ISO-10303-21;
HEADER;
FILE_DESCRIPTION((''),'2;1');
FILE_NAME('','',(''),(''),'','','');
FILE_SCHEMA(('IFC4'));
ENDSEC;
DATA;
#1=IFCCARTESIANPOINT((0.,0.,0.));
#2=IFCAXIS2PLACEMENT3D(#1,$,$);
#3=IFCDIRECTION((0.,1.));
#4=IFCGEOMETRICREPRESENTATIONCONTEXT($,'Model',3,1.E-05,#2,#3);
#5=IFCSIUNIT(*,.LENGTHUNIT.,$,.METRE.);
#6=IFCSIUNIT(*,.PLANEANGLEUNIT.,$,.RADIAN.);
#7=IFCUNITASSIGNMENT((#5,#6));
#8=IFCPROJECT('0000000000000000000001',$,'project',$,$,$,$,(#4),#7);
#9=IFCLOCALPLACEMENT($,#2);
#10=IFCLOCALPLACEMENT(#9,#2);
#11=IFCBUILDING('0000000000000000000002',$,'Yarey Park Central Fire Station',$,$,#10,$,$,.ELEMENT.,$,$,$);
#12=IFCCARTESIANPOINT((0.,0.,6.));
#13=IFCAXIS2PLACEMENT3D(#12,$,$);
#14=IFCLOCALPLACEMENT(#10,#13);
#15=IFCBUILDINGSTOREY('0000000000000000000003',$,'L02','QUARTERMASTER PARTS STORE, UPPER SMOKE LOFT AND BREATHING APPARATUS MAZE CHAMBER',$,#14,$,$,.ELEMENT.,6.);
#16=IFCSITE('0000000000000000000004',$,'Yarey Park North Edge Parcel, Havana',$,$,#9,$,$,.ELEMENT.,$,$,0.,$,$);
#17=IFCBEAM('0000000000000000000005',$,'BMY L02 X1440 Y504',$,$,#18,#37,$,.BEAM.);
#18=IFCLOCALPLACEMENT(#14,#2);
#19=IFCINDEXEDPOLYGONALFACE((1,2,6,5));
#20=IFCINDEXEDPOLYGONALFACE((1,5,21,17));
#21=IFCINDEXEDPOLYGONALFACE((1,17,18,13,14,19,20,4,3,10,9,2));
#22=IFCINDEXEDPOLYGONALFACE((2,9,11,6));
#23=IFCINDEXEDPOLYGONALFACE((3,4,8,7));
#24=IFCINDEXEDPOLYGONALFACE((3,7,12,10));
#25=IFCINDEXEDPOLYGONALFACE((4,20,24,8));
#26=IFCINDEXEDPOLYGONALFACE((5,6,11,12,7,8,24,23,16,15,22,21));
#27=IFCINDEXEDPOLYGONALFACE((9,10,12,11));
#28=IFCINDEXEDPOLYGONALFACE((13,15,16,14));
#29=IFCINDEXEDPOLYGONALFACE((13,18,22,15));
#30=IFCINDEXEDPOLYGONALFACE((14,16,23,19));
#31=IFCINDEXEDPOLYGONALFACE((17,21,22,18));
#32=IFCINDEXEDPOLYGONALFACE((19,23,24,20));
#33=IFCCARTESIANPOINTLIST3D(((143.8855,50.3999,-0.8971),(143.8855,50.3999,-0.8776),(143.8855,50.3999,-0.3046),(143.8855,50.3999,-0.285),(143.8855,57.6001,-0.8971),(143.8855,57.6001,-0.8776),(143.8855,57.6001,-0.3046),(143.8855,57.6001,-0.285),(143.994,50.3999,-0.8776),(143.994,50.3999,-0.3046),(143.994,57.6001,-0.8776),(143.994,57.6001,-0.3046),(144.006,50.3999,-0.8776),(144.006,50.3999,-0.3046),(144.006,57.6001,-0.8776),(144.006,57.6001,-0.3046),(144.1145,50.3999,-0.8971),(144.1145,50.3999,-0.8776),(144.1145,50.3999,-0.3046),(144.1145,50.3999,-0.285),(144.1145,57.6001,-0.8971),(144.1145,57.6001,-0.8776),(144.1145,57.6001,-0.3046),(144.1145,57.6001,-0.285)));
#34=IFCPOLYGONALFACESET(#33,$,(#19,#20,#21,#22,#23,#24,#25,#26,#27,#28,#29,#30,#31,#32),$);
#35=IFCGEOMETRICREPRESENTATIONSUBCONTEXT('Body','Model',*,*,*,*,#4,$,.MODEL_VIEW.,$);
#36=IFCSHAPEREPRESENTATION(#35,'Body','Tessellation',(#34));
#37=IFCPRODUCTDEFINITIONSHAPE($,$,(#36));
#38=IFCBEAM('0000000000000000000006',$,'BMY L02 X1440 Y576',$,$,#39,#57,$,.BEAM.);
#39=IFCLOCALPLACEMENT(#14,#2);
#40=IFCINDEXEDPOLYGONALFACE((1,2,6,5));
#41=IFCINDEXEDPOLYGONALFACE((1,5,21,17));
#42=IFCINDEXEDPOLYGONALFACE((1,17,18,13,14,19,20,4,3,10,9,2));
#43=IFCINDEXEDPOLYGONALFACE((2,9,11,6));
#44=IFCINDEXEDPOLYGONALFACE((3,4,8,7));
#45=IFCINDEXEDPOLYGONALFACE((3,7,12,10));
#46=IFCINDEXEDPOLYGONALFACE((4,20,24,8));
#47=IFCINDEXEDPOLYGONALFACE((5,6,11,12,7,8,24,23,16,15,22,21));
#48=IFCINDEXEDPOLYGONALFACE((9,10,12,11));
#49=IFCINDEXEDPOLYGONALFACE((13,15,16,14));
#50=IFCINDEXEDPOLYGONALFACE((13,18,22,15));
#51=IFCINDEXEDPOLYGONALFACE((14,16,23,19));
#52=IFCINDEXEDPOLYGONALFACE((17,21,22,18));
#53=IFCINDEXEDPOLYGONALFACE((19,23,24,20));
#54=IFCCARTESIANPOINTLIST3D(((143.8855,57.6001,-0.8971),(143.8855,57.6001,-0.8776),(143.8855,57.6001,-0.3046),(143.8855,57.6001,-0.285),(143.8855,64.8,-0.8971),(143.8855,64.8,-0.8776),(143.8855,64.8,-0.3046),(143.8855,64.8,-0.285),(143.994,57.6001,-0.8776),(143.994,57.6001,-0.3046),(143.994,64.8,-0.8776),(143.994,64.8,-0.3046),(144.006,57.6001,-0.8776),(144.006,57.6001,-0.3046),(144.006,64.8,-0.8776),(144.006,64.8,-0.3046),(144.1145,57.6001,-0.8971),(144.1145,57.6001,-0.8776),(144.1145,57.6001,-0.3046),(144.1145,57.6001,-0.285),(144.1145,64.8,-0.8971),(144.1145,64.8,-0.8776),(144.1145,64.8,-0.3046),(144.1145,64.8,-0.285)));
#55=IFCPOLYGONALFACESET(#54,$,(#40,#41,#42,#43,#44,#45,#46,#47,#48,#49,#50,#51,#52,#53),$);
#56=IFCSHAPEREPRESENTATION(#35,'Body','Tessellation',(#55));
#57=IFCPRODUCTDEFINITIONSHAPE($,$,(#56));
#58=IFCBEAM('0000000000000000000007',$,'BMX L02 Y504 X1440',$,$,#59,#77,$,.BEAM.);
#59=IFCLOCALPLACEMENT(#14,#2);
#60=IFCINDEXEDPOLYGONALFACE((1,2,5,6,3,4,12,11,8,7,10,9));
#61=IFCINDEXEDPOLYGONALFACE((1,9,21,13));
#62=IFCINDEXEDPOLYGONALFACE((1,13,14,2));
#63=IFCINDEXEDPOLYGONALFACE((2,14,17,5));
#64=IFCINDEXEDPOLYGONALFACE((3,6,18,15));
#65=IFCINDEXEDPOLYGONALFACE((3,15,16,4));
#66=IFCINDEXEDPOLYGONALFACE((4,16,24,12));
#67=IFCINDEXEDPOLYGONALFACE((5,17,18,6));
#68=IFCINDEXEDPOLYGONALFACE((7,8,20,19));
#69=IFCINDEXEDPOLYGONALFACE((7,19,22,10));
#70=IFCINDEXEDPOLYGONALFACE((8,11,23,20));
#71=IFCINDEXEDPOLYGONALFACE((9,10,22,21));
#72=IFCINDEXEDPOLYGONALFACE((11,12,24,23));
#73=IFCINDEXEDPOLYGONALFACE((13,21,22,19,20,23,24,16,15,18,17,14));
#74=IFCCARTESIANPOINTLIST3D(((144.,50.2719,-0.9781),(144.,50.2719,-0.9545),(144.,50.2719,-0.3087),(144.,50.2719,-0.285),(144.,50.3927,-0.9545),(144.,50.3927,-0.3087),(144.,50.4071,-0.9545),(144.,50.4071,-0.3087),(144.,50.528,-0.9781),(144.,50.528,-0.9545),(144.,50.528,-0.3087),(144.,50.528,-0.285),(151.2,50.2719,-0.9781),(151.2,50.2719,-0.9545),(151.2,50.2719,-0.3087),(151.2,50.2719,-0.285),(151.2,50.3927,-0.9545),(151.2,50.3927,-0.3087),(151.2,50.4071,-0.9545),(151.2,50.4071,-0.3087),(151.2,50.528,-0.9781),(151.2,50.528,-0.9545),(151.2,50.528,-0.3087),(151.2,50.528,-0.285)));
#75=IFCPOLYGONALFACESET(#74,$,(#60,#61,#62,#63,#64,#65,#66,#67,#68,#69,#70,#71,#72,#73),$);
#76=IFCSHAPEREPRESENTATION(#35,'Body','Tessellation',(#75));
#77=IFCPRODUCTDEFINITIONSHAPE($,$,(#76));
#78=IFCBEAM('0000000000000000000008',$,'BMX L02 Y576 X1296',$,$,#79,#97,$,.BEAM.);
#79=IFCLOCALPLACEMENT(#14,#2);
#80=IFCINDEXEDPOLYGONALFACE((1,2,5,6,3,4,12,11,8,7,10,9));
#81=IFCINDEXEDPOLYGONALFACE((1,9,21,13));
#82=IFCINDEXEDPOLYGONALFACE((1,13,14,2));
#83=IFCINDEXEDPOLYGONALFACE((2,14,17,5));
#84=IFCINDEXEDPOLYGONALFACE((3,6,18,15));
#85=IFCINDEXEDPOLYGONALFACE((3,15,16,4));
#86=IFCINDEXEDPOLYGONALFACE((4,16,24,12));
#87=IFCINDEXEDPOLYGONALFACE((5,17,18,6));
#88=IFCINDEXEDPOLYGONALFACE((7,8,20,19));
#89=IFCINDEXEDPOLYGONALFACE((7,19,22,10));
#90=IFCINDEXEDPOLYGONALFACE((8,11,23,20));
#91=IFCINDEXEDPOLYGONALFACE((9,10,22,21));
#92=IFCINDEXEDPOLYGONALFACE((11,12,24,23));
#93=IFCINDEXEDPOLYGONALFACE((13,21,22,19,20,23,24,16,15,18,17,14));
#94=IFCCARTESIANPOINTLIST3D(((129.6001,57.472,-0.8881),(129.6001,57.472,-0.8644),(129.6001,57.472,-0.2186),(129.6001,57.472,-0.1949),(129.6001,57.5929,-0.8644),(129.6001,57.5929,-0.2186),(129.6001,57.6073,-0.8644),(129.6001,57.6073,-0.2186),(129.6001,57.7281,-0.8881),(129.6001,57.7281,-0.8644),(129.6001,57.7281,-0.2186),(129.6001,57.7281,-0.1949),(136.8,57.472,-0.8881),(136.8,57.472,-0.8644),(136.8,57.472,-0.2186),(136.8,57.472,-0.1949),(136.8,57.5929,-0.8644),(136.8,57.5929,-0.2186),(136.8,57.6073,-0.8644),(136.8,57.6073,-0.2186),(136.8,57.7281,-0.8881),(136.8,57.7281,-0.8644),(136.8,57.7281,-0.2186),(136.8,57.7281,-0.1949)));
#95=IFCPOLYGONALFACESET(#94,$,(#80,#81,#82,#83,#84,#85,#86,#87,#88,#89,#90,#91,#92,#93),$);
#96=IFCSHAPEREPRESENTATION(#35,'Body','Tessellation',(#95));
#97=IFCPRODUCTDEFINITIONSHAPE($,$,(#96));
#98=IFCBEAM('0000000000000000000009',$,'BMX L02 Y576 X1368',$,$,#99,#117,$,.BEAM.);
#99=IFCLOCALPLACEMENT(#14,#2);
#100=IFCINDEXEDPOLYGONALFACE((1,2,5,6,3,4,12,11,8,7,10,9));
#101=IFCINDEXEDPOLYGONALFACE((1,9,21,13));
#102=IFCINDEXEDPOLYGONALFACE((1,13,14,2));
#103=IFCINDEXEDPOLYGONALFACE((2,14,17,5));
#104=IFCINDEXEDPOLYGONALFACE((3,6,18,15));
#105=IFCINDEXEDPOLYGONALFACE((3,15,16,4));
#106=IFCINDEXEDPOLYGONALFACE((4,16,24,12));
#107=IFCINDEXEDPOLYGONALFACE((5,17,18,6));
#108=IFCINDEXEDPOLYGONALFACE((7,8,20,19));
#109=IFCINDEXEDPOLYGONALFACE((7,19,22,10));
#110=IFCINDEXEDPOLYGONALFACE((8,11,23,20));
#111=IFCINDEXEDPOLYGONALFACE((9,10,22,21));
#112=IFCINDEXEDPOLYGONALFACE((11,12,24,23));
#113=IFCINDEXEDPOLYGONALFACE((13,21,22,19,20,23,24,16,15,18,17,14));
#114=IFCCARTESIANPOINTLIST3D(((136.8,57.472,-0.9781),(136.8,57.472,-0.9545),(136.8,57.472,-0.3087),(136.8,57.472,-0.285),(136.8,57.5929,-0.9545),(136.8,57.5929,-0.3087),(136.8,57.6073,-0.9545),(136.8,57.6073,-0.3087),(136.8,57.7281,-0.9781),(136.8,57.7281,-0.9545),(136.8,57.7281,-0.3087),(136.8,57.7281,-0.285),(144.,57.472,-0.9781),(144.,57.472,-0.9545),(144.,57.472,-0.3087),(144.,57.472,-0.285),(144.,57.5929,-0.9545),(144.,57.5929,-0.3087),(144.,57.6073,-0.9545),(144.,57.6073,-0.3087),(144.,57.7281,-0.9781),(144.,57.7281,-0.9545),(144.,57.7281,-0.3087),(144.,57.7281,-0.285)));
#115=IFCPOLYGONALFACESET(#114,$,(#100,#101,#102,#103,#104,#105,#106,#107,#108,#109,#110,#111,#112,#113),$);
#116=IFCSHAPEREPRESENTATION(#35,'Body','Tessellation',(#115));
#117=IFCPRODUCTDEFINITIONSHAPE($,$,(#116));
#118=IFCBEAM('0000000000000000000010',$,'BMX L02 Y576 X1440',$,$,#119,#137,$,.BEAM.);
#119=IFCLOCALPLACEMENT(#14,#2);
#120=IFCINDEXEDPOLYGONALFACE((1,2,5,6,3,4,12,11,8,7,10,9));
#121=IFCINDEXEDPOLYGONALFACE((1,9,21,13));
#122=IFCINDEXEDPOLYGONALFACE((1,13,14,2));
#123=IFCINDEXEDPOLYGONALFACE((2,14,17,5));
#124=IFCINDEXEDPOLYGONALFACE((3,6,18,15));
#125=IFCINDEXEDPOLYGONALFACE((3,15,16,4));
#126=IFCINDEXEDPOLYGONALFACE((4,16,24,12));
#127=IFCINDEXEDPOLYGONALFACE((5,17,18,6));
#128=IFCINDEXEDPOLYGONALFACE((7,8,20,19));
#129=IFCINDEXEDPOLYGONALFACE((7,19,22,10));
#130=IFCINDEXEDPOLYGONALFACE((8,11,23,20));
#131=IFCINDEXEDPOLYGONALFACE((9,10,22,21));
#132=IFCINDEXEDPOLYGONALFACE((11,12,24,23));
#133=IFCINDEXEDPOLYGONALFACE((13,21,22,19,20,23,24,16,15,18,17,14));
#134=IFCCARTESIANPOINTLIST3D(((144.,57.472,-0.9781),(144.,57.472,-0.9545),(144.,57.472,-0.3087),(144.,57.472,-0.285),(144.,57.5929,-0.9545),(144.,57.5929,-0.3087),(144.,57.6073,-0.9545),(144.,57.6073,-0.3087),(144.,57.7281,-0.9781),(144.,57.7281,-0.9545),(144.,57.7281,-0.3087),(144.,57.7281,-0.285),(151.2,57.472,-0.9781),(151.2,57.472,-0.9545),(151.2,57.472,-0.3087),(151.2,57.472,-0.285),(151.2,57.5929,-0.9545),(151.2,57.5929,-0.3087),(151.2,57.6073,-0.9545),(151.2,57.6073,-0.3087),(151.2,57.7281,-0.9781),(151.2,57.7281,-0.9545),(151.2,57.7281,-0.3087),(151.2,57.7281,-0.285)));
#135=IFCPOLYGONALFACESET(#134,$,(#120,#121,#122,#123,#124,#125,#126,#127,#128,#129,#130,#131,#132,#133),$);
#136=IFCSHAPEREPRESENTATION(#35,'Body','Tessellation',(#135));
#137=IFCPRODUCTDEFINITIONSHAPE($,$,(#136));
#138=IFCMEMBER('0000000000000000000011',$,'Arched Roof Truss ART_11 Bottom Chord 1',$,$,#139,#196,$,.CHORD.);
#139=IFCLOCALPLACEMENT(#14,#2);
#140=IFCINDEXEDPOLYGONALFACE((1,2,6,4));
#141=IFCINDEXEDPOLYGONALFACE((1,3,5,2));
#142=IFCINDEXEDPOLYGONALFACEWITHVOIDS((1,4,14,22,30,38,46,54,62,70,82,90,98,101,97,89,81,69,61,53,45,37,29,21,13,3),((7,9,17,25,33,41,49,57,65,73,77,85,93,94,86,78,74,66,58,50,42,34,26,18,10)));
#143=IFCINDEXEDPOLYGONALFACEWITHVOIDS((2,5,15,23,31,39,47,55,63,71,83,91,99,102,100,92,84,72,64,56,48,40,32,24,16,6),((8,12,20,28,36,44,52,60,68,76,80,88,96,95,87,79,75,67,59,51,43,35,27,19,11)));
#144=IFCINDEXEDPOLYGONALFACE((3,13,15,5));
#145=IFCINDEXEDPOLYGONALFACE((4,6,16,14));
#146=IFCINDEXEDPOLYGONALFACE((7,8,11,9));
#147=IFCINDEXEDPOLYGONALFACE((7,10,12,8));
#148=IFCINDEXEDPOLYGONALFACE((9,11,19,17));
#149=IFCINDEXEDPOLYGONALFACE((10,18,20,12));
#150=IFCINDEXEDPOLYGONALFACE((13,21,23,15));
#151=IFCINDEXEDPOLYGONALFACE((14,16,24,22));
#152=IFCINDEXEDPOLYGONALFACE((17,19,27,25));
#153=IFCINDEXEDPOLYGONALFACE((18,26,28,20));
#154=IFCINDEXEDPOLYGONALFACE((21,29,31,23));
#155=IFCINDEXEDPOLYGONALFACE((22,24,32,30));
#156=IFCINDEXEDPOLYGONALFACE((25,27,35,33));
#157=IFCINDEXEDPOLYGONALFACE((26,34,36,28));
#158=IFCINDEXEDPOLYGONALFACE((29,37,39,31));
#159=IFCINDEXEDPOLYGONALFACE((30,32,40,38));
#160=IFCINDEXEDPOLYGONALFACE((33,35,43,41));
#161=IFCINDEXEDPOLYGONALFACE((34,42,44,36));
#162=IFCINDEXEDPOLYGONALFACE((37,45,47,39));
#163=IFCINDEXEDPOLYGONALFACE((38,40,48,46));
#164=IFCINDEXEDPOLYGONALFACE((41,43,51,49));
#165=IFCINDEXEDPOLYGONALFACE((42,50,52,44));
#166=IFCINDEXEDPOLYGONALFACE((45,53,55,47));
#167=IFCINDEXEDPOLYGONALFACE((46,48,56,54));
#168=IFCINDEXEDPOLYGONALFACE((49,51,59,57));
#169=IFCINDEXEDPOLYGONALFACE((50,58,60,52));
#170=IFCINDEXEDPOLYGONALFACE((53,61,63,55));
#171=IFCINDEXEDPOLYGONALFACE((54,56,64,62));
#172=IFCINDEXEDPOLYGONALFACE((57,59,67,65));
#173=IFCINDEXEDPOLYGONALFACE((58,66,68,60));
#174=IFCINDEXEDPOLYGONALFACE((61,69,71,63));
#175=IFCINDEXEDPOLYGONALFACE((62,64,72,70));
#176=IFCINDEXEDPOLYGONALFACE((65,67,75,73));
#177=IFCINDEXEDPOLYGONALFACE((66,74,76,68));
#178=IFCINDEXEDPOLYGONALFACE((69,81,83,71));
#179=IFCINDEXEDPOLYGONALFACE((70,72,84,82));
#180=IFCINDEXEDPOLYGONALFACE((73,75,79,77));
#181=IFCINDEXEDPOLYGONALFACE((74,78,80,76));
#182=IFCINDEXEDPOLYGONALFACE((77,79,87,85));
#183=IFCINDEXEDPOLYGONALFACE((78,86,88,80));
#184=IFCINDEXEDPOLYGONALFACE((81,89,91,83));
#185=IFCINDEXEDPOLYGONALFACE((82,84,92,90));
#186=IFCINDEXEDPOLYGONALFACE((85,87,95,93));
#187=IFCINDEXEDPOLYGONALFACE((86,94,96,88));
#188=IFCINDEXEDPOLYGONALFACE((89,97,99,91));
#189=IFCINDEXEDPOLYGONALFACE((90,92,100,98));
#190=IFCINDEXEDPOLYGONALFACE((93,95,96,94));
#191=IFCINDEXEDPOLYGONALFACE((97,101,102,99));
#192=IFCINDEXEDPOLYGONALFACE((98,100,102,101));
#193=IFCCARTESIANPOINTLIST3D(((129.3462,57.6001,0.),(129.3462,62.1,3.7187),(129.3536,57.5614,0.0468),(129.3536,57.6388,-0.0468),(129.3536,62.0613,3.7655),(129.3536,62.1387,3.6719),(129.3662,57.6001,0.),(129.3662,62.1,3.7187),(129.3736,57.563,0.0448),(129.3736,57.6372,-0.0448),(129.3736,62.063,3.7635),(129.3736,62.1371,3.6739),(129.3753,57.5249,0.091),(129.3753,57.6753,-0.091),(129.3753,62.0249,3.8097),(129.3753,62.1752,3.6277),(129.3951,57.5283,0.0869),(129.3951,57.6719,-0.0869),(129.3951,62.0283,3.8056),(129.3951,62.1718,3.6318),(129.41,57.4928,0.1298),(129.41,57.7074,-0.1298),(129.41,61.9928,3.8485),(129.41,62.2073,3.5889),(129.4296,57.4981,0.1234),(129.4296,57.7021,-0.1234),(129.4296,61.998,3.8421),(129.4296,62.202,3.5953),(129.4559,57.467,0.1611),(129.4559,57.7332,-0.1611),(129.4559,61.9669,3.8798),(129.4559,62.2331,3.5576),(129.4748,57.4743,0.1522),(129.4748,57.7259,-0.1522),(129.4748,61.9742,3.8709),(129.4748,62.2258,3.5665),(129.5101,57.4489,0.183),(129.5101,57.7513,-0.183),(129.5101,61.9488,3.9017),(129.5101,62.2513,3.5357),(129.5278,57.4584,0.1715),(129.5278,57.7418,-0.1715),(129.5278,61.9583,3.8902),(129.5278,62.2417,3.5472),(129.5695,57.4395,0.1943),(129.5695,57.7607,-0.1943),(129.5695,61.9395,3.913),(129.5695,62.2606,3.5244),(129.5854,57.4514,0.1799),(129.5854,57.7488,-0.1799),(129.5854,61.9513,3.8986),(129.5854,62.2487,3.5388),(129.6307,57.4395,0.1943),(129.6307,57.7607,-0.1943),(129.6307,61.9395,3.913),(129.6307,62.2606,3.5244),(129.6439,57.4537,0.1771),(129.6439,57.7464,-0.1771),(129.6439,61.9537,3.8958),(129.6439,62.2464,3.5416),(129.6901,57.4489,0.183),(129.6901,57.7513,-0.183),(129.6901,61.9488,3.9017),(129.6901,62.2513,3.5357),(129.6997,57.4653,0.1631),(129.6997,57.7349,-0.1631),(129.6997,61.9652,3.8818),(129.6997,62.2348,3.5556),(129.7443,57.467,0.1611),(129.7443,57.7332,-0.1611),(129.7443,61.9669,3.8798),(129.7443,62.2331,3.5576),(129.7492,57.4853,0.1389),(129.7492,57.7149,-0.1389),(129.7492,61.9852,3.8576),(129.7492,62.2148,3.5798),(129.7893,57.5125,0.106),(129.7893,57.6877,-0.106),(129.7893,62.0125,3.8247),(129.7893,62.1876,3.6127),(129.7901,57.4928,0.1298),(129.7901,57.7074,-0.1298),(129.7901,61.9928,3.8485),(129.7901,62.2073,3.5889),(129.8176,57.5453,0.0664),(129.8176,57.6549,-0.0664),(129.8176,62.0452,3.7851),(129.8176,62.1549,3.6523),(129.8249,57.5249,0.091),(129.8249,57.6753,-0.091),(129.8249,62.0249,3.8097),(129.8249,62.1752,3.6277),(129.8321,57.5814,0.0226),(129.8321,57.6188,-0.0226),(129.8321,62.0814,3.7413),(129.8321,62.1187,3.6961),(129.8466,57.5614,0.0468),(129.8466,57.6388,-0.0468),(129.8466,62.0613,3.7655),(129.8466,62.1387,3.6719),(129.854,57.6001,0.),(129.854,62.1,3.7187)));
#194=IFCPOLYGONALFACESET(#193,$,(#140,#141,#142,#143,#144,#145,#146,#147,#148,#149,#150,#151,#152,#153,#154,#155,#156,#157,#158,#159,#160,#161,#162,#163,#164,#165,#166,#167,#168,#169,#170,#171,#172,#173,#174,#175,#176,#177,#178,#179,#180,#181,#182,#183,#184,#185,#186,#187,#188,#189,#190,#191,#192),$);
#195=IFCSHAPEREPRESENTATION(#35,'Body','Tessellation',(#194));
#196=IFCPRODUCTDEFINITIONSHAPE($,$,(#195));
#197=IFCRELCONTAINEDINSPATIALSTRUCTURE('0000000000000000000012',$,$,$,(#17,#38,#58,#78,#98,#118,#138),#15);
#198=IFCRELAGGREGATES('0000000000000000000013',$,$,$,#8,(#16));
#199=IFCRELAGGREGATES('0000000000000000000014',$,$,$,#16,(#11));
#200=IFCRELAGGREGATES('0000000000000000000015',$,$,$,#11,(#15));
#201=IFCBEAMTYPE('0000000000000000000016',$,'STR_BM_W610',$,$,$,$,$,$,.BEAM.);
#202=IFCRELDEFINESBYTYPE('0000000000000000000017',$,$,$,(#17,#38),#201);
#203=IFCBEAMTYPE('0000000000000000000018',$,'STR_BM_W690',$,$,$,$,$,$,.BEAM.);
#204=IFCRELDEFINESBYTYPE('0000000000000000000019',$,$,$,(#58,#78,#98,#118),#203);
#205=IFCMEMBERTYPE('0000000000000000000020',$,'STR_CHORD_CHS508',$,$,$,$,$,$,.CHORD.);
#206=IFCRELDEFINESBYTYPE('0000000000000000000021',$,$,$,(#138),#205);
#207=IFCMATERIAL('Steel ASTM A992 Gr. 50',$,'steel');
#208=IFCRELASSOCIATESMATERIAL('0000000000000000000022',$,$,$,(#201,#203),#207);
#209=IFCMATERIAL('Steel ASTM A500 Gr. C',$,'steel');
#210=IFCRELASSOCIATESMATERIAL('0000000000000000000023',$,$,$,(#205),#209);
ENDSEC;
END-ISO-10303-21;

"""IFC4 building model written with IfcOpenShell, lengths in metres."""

from ifc_helpers import new_model, si_unit, direction, frame, origin, origin_2d, place, context, subcontext, project, spatial, hollow_circle, i_section, extrude, material, material_profile, profile_set, type_object, element, save


model = new_model("IFC4")

# Units and contexts
model_context = context("Model", 3, precision=1e-05, world=origin(), true_north=direction((0.0, 1.0)))
body_context = subcontext(model_context, "Body", "Model", "MODEL_VIEW")
ifc_project = project(units=[si_unit("LENGTHUNIT", "METRE"), si_unit("PLANEANGLEUNIT", "RADIAN")], contexts=[model_context])

# Site, building, storey
site_placement = place(None, origin())
site = spatial("IfcSite", under=ifc_project, at=site_placement, Name="Yarey Park North Edge Parcel, Havana", CompositionType="ELEMENT", RefElevation=0.0)
building_placement = place(site_placement, origin())
building = spatial("IfcBuilding", under=site, at=building_placement, Name="Yarey Park Central Fire Station", CompositionType="ELEMENT")
storey_placement = place(building_placement, frame((0.0, 0.0, 6.0)))
storey = spatial("IfcBuildingStorey", under=building, at=storey_placement, Name="L02", Description="QUARTERMASTER PARTS STORE, UPPER SMOKE LOFT AND BREATHING APPARATUS MAZE CHAMBER", CompositionType="ELEMENT", Elevation=6.0)

# Shared definitions
ifc_material_1 = material(Name="Steel ASTM A992 Gr. 50", Category="steel")

# Beams
ifc_material_profile_1 = material_profile(ifc_material_1, i_section(OverallWidth=0.229, OverallDepth=0.6121, WebThickness=0.012, FlangeThickness=0.0195, at=origin_2d()), Name="W610x125")
ifc_profile_set_1 = profile_set([ifc_material_profile_1], Name="Steel ASTM A992 Gr. 50")
beam_type_1 = type_object("IfcBeamType", Name="STR_BM_W610", PredefinedType="BEAM", material=ifc_profile_set_1)
beam_1_placement = place(storey_placement, frame((144.0, 50.3999, -0.5911), z_axis=(0.0, 1.0, 0.0), x_axis=(-1.0, 0.0, 0.0)))
element("IfcBeam", 1, at=beam_1_placement, inside=storey, type_object=beam_type_1, Name="BMY L02 X1440 Y504", PredefinedType="BEAM", context=body_context, shape_type="SweptSolid", body=[
    extrude(i_section(OverallWidth=0.229, OverallDepth=0.6121, WebThickness=0.012, FlangeThickness=0.0195, at=origin_2d()), origin(), (0.0, 0.0, 1.0), 7.2002),
])
beam_2_placement = place(storey_placement, frame((144.0, 57.6001, -0.5911), z_axis=(0.0, 1.0, 0.0), x_axis=(-1.0, 0.0, 0.0)))
element("IfcBeam", 2, at=beam_2_placement, inside=storey, type_object=beam_type_1, Name="BMY L02 X1440 Y576", PredefinedType="BEAM", context=body_context, shape_type="SweptSolid", body=[
    extrude(i_section(OverallWidth=0.229, OverallDepth=0.6121, WebThickness=0.012, FlangeThickness=0.0195, at=origin_2d()), origin(), (0.0, 0.0, 1.0), 7.2),
])
ifc_material_profile_2 = material_profile(ifc_material_1, i_section(OverallWidth=0.2561, OverallDepth=0.6931, WebThickness=0.0144, FlangeThickness=0.0237, at=origin_2d()), Name="W690x170")
ifc_profile_set_2 = profile_set([ifc_material_profile_2], Name="Steel ASTM A992 Gr. 50")
beam_type_2 = type_object("IfcBeamType", Name="STR_BM_W690", PredefinedType="BEAM", material=ifc_profile_set_2)
for number, where, z_axis, x_axis, name in (
    (3, (144.0, 50.3999, -0.6316), (1.0, 0.0, 0.0), (0.0, 1.0, 0.0), "BMX L02 Y504 X1440"),
    (4, (129.6001, 57.6001, -0.5415), (1.0, 0.0, 0.0), (0.0, 1.0, 0.0), "BMX L02 Y576 X1296"),
    (5, (136.8, 57.6001, -0.6316), (1.0, 0.0, 0.0), (0.0, 1.0, 0.0), "BMX L02 Y576 X1368"),
    (6, (144.0, 57.6001, -0.6316), (1.0, 0.0, 0.0), (0.0, 1.0, 0.0), "BMX L02 Y576 X1440"),
):
    element("IfcBeam", number, at=place(storey_placement, frame(where, z_axis=z_axis, x_axis=x_axis)), inside=storey, type_object=beam_type_2, Name=name, PredefinedType="BEAM", context=body_context, shape_type="SweptSolid", body=[
        extrude(i_section(OverallWidth=0.2561, OverallDepth=0.6931, WebThickness=0.0144, FlangeThickness=0.0237, at=origin_2d()), origin(), (0.0, 0.0, 1.0), 7.2),
    ])

# Member
ifc_material_2 = material(Name="Steel ASTM A500 Gr. C", Category="steel")
ifc_material_profile_3 = material_profile(ifc_material_2, hollow_circle(Radius=0.2539, WallThickness=0.02, at=origin_2d()), Name="CHS 508x20")
ifc_profile_set_3 = profile_set([ifc_material_profile_3], Name="Steel ASTM A500 Gr. C")
member_type_1 = type_object("IfcMemberType", Name="STR_CHORD_CHS508", PredefinedType="CHORD", material=ifc_profile_set_3)
for number, where, z_axis, x_axis, name in (
    (7, (129.6001, 57.6001, 0.0), (0.0, 0.770847, 0.63702), (-1.0, 0.0, 0.0), "Arched Roof Truss ART_11 Bottom Chord 1"),
):
    element("IfcMember", number, at=place(storey_placement, frame(where, z_axis=z_axis, x_axis=x_axis)), inside=storey, type_object=member_type_1, Name=name, PredefinedType="CHORD", context=body_context, shape_type="SweptSolid", body=[
        extrude(hollow_circle(Radius=0.2539, WallThickness=0.02, at=origin_2d()), origin(), (0.0, 0.0, 1.0), 5.8376),
    ])

save(model, "model.ifc")
